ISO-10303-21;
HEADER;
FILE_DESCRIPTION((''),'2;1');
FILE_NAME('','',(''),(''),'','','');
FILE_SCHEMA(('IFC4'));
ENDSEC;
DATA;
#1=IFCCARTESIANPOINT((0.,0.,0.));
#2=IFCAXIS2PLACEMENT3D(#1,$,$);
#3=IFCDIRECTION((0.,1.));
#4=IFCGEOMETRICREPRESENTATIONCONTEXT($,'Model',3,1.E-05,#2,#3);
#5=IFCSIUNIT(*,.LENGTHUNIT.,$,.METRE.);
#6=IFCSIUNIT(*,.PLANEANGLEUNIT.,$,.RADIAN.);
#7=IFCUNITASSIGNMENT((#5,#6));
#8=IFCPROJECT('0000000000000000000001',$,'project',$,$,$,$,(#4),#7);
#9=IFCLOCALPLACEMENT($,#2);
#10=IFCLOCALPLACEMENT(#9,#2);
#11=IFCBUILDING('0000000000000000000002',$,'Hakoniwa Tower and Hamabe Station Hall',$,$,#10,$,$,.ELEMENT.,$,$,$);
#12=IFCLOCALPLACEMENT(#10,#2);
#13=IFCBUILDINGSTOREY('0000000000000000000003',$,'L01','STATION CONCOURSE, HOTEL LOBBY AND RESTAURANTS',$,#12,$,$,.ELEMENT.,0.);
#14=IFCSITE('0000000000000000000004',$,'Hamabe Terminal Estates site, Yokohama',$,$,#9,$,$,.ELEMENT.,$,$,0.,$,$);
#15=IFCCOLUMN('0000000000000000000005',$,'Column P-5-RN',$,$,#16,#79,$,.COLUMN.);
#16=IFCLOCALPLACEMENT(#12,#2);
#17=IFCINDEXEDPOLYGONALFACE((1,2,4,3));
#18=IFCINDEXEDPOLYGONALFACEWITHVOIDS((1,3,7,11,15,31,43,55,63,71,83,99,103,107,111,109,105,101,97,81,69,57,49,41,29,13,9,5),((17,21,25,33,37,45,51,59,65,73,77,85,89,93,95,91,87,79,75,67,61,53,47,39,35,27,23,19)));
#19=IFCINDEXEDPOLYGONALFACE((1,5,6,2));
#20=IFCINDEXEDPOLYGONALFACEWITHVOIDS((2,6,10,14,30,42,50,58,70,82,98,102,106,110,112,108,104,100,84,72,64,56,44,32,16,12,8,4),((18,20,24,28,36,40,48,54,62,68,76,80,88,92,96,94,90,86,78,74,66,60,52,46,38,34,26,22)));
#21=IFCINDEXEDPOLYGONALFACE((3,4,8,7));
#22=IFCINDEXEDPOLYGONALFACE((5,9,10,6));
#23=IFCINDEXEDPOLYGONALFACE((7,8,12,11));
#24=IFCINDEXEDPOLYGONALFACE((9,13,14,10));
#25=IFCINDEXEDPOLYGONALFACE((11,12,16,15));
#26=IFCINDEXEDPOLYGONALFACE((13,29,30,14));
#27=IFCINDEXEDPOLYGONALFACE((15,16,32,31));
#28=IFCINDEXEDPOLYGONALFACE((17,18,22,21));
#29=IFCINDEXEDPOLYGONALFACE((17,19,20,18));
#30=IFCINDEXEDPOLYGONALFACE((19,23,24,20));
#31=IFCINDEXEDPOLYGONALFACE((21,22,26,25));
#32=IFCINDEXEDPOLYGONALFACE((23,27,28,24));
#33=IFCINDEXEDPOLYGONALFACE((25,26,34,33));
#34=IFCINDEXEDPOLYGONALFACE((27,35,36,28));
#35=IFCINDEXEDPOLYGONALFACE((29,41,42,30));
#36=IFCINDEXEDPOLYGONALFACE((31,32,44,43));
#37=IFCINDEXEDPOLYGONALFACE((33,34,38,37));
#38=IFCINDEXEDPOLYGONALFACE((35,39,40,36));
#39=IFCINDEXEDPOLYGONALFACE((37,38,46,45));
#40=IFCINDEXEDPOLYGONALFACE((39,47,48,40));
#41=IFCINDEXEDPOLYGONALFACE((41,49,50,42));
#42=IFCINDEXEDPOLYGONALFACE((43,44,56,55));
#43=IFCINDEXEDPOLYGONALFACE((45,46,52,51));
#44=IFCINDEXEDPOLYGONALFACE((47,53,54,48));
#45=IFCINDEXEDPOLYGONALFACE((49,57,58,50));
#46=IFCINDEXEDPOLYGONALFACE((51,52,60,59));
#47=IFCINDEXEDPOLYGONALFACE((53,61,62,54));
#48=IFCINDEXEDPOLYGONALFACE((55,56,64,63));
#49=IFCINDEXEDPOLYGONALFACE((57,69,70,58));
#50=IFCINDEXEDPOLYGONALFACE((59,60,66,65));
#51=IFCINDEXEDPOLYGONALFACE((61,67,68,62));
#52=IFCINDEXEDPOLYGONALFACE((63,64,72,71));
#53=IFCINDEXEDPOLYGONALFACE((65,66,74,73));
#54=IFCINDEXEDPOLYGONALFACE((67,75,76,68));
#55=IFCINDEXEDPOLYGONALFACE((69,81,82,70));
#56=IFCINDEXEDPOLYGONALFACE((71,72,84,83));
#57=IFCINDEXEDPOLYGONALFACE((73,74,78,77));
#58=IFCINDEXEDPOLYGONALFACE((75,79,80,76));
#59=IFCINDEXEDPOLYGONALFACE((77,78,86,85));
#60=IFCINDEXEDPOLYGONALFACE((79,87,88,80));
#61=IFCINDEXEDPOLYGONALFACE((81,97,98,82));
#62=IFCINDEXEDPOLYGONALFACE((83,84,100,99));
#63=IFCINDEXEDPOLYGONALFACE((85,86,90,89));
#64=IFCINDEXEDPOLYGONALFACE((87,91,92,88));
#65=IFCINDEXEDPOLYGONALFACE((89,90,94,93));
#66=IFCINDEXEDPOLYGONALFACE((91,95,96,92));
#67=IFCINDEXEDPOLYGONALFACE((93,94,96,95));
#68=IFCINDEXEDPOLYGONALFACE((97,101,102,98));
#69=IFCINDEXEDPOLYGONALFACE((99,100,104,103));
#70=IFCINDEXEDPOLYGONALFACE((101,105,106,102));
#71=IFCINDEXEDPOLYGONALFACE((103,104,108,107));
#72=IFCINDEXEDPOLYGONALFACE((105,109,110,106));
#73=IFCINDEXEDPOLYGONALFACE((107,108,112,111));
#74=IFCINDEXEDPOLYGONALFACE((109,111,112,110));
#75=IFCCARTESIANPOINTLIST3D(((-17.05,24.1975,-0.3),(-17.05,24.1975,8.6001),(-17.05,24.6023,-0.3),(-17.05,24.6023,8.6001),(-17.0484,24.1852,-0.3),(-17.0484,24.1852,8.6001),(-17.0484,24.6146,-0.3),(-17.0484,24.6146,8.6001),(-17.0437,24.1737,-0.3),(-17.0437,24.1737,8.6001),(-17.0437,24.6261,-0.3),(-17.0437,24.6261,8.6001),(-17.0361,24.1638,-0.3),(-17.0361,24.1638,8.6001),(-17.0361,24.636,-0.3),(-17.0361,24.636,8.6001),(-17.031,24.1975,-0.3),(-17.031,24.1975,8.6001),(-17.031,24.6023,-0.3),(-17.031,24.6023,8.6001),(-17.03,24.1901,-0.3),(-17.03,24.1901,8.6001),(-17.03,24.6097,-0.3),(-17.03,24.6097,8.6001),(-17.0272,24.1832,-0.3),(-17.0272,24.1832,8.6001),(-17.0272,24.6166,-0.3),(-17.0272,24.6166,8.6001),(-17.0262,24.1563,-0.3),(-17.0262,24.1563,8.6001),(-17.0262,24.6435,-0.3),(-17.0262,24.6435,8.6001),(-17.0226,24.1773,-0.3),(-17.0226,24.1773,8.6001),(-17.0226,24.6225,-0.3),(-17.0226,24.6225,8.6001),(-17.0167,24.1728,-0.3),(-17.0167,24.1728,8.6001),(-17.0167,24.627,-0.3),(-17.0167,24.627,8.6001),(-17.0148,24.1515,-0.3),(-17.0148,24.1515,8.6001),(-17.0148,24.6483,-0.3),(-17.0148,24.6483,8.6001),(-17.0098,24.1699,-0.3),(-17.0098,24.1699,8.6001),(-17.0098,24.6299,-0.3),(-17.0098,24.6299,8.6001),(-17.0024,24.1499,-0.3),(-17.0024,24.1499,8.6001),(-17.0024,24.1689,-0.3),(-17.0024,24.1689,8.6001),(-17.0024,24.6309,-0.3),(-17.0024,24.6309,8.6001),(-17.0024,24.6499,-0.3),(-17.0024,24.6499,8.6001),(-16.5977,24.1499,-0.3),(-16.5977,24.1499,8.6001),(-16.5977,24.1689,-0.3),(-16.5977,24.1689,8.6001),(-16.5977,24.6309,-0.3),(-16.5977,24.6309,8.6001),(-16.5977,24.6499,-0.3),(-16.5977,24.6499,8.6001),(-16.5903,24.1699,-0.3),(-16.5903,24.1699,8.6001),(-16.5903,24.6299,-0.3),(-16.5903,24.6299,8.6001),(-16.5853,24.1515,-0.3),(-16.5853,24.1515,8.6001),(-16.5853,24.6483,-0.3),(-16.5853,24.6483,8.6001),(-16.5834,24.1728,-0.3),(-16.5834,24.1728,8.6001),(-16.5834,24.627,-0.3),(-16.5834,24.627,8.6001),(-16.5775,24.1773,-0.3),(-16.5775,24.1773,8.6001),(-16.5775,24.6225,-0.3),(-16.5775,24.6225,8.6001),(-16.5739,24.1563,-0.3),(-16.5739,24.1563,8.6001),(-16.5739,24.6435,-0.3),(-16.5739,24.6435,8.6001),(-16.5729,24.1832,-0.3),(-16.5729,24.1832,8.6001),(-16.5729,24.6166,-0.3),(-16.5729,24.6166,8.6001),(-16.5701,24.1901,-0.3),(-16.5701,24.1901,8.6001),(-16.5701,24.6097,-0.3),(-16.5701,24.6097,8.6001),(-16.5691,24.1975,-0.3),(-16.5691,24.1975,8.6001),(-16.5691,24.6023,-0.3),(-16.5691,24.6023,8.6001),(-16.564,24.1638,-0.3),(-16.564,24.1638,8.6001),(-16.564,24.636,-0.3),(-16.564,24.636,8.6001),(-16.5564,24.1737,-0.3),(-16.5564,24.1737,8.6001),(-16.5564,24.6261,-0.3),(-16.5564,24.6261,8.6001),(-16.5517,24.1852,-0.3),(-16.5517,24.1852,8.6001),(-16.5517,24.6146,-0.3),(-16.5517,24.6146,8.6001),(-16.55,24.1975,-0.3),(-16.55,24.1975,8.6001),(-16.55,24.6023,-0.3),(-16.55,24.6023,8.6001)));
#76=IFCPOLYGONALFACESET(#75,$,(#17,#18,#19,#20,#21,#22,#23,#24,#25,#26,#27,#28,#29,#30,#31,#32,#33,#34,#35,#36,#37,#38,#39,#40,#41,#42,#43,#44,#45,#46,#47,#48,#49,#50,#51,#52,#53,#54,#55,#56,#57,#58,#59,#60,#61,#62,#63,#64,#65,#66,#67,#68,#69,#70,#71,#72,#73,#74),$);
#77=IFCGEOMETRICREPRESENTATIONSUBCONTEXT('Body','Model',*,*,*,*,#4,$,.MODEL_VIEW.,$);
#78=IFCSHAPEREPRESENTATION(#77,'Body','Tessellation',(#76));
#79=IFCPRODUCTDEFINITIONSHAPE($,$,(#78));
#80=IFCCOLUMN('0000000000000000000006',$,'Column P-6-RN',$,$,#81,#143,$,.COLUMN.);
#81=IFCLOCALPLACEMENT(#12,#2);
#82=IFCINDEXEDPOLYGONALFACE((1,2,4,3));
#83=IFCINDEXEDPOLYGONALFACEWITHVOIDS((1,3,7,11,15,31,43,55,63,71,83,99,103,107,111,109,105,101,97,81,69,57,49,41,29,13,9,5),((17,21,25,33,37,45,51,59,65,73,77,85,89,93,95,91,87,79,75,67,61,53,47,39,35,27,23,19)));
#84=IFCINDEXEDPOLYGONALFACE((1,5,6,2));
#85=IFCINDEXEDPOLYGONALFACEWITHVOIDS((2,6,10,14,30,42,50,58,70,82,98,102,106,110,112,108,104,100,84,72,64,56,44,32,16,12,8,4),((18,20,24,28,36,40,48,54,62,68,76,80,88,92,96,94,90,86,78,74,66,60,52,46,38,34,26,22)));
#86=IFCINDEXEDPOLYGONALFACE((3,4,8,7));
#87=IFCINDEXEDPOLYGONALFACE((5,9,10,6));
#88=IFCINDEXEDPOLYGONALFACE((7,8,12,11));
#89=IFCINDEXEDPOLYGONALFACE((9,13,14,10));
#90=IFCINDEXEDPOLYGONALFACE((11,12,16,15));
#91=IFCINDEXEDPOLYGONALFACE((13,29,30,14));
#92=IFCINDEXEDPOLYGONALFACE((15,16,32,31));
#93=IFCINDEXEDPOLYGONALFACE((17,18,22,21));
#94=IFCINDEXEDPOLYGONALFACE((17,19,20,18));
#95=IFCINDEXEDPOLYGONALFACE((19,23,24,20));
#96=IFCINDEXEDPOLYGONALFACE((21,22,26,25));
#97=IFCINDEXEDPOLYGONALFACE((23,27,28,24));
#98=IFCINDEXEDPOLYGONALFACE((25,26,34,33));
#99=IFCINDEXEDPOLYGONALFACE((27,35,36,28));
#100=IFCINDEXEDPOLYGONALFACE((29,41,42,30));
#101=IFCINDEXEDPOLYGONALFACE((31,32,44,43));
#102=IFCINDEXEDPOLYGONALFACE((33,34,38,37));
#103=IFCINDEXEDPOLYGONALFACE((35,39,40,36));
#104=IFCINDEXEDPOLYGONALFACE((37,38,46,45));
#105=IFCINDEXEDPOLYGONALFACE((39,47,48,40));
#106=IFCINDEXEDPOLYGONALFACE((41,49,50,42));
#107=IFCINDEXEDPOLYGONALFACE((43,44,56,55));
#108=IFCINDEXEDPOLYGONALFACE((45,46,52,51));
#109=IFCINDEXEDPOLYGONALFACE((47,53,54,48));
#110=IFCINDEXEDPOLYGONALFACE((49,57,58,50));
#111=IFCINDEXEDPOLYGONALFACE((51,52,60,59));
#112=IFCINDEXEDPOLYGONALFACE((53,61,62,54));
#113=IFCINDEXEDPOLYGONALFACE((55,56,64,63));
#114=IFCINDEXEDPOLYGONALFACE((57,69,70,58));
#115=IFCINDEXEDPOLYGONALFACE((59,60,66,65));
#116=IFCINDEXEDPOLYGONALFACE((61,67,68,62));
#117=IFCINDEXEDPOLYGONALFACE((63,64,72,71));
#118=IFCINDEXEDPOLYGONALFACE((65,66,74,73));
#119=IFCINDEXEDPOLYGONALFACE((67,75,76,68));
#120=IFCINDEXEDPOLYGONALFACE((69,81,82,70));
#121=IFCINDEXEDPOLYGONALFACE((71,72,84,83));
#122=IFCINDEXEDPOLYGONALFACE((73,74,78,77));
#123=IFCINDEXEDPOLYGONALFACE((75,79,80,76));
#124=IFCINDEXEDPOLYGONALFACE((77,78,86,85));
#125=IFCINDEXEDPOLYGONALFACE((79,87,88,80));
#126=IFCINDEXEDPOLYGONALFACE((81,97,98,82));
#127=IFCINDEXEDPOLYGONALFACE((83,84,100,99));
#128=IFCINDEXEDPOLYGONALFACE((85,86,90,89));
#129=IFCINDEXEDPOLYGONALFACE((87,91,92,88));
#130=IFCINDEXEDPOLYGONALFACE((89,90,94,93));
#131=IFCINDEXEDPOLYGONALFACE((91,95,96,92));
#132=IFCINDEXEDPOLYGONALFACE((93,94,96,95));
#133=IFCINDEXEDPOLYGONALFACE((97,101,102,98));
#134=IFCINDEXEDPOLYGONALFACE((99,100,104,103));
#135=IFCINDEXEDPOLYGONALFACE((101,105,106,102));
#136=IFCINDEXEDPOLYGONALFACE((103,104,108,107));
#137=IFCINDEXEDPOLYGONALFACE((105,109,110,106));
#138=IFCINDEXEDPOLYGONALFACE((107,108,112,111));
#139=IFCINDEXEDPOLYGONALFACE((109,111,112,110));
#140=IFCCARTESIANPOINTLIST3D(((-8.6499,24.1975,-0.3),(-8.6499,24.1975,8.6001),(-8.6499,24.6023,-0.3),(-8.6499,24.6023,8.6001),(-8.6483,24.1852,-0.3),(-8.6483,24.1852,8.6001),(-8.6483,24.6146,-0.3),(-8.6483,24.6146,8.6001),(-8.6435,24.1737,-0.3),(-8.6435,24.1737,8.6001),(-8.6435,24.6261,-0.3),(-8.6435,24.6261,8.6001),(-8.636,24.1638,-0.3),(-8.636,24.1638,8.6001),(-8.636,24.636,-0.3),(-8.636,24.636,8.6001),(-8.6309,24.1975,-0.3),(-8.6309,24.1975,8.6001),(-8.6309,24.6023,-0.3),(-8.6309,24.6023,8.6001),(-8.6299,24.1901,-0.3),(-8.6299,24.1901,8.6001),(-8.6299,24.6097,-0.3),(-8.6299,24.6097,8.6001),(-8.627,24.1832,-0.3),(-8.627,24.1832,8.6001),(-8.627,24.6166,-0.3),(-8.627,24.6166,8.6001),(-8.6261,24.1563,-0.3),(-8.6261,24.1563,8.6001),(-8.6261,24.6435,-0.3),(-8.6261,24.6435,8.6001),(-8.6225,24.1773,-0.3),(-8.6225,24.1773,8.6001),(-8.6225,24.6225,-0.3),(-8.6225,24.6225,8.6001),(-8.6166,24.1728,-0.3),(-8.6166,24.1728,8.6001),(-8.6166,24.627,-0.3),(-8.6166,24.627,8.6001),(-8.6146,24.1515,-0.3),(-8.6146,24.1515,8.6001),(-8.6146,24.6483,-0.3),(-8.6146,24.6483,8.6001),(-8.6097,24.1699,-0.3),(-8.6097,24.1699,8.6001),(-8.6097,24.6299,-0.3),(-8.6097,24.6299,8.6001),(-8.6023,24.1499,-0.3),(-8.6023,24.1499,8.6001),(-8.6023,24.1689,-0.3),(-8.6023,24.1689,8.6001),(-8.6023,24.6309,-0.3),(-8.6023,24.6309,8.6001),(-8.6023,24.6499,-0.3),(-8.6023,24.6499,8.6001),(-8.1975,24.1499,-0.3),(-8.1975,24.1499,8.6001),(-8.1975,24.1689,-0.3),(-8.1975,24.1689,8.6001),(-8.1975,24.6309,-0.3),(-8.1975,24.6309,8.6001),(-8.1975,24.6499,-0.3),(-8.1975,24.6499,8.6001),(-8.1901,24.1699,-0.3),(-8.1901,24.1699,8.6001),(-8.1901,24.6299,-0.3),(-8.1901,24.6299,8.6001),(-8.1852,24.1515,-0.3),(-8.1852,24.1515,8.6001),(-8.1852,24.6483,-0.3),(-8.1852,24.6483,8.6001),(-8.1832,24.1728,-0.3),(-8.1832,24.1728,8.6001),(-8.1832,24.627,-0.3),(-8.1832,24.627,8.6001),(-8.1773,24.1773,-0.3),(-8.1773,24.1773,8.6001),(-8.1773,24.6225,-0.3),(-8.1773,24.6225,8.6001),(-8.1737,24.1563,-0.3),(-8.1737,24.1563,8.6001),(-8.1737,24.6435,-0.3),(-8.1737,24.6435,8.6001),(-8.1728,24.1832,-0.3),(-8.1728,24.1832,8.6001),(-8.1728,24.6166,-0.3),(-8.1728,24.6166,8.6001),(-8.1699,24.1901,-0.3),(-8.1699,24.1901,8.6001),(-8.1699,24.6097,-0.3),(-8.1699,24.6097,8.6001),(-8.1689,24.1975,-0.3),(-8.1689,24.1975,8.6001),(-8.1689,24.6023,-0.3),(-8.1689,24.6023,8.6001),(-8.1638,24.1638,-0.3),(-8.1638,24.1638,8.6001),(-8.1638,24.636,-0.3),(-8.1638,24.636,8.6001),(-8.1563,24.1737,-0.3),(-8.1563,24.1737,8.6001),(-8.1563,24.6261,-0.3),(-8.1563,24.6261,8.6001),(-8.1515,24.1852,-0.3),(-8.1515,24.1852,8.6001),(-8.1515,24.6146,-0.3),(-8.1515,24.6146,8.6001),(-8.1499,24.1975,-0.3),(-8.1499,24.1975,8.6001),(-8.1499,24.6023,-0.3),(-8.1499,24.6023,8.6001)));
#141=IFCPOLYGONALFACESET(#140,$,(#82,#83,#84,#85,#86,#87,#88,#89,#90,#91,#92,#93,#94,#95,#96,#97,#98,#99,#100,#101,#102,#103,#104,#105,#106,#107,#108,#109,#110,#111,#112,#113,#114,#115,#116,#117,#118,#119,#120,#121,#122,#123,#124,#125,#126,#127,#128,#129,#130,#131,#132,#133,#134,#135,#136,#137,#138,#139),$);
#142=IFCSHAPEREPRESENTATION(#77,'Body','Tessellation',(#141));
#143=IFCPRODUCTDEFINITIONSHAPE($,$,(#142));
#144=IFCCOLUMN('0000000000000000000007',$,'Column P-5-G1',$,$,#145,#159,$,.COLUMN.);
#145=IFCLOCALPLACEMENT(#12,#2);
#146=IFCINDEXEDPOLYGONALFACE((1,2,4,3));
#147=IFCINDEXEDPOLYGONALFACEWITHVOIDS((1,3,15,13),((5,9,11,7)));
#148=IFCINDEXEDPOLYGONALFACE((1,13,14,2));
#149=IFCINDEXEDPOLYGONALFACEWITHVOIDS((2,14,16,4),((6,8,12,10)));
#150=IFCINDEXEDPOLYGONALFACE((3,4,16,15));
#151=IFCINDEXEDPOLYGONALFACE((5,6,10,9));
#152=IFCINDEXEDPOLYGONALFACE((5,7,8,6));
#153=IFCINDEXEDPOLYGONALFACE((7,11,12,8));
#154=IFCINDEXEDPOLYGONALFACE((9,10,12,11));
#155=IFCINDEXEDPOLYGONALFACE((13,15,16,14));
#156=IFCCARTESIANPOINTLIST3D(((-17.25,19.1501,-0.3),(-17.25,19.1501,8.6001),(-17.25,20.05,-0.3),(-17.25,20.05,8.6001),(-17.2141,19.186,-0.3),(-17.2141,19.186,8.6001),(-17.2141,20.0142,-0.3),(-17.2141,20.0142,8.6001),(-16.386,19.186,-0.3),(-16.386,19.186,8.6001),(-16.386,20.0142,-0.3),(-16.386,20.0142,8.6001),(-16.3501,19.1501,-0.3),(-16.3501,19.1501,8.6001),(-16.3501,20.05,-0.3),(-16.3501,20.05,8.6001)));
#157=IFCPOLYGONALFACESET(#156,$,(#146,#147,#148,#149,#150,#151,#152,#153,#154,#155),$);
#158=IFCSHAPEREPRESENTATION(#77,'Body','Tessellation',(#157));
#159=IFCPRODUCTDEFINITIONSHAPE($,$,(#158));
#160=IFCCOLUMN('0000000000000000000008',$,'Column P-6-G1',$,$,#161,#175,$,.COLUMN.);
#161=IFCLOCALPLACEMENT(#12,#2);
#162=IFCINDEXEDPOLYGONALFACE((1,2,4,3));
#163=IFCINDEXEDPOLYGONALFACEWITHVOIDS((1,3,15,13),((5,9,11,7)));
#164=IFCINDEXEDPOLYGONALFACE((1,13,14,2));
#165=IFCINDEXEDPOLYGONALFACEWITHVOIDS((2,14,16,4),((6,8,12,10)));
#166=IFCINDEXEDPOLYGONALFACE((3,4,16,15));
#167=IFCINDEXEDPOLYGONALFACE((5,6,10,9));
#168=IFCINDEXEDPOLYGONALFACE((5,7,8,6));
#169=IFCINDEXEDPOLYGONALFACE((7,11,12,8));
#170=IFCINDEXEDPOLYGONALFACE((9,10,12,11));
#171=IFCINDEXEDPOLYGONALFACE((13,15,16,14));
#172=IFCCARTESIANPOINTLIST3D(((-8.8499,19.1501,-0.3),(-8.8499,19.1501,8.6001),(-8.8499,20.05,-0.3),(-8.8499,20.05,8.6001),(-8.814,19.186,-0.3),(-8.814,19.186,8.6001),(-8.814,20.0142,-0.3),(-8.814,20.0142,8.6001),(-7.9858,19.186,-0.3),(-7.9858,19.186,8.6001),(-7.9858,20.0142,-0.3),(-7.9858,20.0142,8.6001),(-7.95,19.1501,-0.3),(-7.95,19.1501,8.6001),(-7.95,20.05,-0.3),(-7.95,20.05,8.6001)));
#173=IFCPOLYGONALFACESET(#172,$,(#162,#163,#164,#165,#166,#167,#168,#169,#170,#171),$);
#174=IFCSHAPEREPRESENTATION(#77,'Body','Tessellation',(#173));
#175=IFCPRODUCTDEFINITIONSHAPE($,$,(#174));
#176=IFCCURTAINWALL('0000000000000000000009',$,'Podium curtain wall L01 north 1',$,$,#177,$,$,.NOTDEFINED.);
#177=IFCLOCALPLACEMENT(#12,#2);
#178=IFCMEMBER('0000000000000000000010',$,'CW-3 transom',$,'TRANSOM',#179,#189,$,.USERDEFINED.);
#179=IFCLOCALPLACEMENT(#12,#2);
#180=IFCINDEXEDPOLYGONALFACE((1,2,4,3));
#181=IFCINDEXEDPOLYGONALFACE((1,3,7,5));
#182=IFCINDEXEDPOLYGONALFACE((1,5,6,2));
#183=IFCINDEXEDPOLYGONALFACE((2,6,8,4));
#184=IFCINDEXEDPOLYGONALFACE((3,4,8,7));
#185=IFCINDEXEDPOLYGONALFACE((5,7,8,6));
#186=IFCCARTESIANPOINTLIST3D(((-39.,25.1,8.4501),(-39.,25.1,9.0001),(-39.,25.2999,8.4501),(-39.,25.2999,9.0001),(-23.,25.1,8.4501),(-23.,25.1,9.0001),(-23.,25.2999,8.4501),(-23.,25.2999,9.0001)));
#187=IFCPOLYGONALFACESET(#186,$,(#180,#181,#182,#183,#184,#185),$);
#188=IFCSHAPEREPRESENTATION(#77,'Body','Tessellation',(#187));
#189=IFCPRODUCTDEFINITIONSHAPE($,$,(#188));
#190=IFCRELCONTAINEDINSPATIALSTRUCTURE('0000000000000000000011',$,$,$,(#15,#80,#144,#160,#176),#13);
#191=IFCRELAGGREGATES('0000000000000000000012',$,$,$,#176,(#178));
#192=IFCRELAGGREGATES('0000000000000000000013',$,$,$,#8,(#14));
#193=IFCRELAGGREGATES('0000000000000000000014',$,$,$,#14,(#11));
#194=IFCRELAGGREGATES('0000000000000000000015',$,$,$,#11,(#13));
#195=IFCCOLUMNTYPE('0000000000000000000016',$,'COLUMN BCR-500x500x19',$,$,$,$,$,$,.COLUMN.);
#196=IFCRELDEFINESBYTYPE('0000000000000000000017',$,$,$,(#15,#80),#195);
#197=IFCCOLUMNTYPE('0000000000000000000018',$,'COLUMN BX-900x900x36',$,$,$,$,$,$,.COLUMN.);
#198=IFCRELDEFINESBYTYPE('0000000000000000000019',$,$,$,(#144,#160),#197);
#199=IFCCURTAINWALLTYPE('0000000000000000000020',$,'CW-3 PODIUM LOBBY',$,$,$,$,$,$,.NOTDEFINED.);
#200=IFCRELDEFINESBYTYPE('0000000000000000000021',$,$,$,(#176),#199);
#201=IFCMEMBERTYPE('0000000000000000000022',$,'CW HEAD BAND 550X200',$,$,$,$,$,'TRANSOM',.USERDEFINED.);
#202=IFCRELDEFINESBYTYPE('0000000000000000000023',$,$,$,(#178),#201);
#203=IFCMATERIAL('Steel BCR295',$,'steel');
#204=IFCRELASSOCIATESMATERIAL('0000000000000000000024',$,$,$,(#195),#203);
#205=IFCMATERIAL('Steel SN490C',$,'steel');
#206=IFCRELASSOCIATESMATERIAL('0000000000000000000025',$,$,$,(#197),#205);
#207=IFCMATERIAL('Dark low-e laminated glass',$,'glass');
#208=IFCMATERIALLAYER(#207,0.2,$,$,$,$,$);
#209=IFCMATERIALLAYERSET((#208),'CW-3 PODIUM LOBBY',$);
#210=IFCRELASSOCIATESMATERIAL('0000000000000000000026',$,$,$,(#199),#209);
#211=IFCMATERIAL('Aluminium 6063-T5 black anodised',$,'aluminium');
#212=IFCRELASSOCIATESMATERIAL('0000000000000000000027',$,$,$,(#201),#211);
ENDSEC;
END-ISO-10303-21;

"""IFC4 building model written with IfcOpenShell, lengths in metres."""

from ifc_helpers import new_model, si_unit, direction, frame, origin, origin_2d, place, context, subcontext, project, spatial, rectangle, hollow_rectangle, extrude, material, layer, layer_set, material_profile, profile_set, type_object, element, aggregate, save


model = new_model("IFC4")

# Units and contexts
model_context = context("Model", 3, precision=1e-05, world=origin(), true_north=direction((0.0, 1.0)))
body_context = subcontext(model_context, "Body", "Model", "MODEL_VIEW")
ifc_project = project(units=[si_unit("LENGTHUNIT", "METRE"), si_unit("PLANEANGLEUNIT", "RADIAN")], contexts=[model_context])

# Site, building, storey
site_placement = place(None, origin())
site = spatial("IfcSite", under=ifc_project, at=site_placement, Name="Hamabe Terminal Estates site, Yokohama", CompositionType="ELEMENT", RefElevation=0.0)
building_placement = place(site_placement, origin())
building = spatial("IfcBuilding", under=site, at=building_placement, Name="Hakoniwa Tower and Hamabe Station Hall", CompositionType="ELEMENT")
storey_placement = place(building_placement, origin())
storey = spatial("IfcBuildingStorey", under=building, at=storey_placement, Name="L01", Description="STATION CONCOURSE, HOTEL LOBBY AND RESTAURANTS", CompositionType="ELEMENT", Elevation=0.0)

# Columns
ifc_material_1 = material(Name="Steel BCR295", Category="steel")
ifc_material_profile_1 = material_profile(ifc_material_1, hollow_rectangle(XDim=0.5, YDim=0.5, WallThickness=0.019, InnerFilletRadius=0.0286, OuterFilletRadius=0.0476, at=origin_2d()), Name="BCR-500x500x19")
ifc_profile_set_1 = profile_set([ifc_material_profile_1], Name="Steel BCR295")
column_type_1 = type_object("IfcColumnType", Name="COLUMN BCR-500x500x19", PredefinedType="COLUMN", material=ifc_profile_set_1)
for number, where, z_axis, x_axis, name in (
    (1, (-16.8, 24.3999, -0.3), (0.0, 0.0, 1.0), (1.0, 0.0, 0.0), "Column P-5-RN"),
    (2, (-8.3999, 24.3999, -0.3), (0.0, 0.0, 1.0), (1.0, 0.0, 0.0), "Column P-6-RN"),
):
    element("IfcColumn", number, at=place(storey_placement, frame(where, z_axis=z_axis, x_axis=x_axis)), inside=storey, type_object=column_type_1, Name=name, PredefinedType="COLUMN", context=body_context, shape_type="SweptSolid", body=[
        extrude(hollow_rectangle(XDim=0.5, YDim=0.5, WallThickness=0.019, InnerFilletRadius=0.0286, OuterFilletRadius=0.0476, at=origin_2d()), origin(), (0.0, 0.0, 1.0), 8.9001),
    ])
ifc_material_2 = material(Name="Steel SN490C", Category="steel")
ifc_material_profile_2 = material_profile(ifc_material_2, hollow_rectangle(XDim=0.8999, YDim=0.8999, WallThickness=0.0359, at=origin_2d()), Name="BX-900x900x36")
ifc_profile_set_2 = profile_set([ifc_material_profile_2], Name="Steel SN490C")
column_type_2 = type_object("IfcColumnType", Name="COLUMN BX-900x900x36", PredefinedType="COLUMN", material=ifc_profile_set_2)
for number, where, z_axis, x_axis, name in (
    (3, (-16.8, 19.6001, -0.3), (0.0, 0.0, 1.0), (1.0, 0.0, 0.0), "Column P-5-G1"),
    (4, (-8.3999, 19.6001, -0.3), (0.0, 0.0, 1.0), (1.0, 0.0, 0.0), "Column P-6-G1"),
):
    element("IfcColumn", number, at=place(storey_placement, frame(where, z_axis=z_axis, x_axis=x_axis)), inside=storey, type_object=column_type_2, Name=name, PredefinedType="COLUMN", context=body_context, shape_type="SweptSolid", body=[
        extrude(hollow_rectangle(XDim=0.8999, YDim=0.8999, WallThickness=0.0359, at=origin_2d()), origin(), (0.0, 0.0, 1.0), 8.9001),
    ])

# Curtain wall, member
ifc_material_3 = material(Name="Dark low-e laminated glass", Category="glass")
ifc_layer_1 = layer(ifc_material_3, 0.2)
ifc_layer_set_1 = layer_set([ifc_layer_1], Name="CW-3 PODIUM LOBBY")
curtain_wall_type = type_object("IfcCurtainWallType", Name="CW-3 PODIUM LOBBY", PredefinedType="NOTDEFINED", material=ifc_layer_set_1)
curtain_wall_1_placement = place(storey_placement, origin())
curtain_wall_1 = element("IfcCurtainWall", 5, at=curtain_wall_1_placement, inside=storey, type_object=curtain_wall_type, Name="Podium curtain wall L01 north 1", PredefinedType="NOTDEFINED")
ifc_material_4 = material(Name="Aluminium 6063-T5 black anodised", Category="aluminium")
ifc_material_profile_3 = material_profile(ifc_material_4, rectangle(XDim=0.2, YDim=0.55, at=origin_2d()), Name="CW HEAD BAND 550X200")
ifc_profile_set_3 = profile_set([ifc_material_profile_3], Name="Aluminium 6063-T5 black anodised")
member_type_1 = type_object("IfcMemberType", Name="CW HEAD BAND 550X200", ElementType="TRANSOM", PredefinedType="USERDEFINED", material=ifc_profile_set_3)
member_1_placement = place(storey_placement, frame((-23.0, 25.2, 8.7251), z_axis=(-1.0, 0.0, 0.0), x_axis=(0.0, -1.0, 0.0)))
member_1 = element("IfcMember", 6, at=member_1_placement, type_object=member_type_1, Name="CW-3 transom", ObjectType="TRANSOM", PredefinedType="USERDEFINED", context=body_context, shape_type="SweptSolid", body=[
    extrude(rectangle(XDim=0.2, YDim=0.55, at=origin_2d()), origin(), (0.0, 0.0, 1.0), 16.0),
])
aggregate(curtain_wall_1, [member_1])

save(model, "model.ifc")
